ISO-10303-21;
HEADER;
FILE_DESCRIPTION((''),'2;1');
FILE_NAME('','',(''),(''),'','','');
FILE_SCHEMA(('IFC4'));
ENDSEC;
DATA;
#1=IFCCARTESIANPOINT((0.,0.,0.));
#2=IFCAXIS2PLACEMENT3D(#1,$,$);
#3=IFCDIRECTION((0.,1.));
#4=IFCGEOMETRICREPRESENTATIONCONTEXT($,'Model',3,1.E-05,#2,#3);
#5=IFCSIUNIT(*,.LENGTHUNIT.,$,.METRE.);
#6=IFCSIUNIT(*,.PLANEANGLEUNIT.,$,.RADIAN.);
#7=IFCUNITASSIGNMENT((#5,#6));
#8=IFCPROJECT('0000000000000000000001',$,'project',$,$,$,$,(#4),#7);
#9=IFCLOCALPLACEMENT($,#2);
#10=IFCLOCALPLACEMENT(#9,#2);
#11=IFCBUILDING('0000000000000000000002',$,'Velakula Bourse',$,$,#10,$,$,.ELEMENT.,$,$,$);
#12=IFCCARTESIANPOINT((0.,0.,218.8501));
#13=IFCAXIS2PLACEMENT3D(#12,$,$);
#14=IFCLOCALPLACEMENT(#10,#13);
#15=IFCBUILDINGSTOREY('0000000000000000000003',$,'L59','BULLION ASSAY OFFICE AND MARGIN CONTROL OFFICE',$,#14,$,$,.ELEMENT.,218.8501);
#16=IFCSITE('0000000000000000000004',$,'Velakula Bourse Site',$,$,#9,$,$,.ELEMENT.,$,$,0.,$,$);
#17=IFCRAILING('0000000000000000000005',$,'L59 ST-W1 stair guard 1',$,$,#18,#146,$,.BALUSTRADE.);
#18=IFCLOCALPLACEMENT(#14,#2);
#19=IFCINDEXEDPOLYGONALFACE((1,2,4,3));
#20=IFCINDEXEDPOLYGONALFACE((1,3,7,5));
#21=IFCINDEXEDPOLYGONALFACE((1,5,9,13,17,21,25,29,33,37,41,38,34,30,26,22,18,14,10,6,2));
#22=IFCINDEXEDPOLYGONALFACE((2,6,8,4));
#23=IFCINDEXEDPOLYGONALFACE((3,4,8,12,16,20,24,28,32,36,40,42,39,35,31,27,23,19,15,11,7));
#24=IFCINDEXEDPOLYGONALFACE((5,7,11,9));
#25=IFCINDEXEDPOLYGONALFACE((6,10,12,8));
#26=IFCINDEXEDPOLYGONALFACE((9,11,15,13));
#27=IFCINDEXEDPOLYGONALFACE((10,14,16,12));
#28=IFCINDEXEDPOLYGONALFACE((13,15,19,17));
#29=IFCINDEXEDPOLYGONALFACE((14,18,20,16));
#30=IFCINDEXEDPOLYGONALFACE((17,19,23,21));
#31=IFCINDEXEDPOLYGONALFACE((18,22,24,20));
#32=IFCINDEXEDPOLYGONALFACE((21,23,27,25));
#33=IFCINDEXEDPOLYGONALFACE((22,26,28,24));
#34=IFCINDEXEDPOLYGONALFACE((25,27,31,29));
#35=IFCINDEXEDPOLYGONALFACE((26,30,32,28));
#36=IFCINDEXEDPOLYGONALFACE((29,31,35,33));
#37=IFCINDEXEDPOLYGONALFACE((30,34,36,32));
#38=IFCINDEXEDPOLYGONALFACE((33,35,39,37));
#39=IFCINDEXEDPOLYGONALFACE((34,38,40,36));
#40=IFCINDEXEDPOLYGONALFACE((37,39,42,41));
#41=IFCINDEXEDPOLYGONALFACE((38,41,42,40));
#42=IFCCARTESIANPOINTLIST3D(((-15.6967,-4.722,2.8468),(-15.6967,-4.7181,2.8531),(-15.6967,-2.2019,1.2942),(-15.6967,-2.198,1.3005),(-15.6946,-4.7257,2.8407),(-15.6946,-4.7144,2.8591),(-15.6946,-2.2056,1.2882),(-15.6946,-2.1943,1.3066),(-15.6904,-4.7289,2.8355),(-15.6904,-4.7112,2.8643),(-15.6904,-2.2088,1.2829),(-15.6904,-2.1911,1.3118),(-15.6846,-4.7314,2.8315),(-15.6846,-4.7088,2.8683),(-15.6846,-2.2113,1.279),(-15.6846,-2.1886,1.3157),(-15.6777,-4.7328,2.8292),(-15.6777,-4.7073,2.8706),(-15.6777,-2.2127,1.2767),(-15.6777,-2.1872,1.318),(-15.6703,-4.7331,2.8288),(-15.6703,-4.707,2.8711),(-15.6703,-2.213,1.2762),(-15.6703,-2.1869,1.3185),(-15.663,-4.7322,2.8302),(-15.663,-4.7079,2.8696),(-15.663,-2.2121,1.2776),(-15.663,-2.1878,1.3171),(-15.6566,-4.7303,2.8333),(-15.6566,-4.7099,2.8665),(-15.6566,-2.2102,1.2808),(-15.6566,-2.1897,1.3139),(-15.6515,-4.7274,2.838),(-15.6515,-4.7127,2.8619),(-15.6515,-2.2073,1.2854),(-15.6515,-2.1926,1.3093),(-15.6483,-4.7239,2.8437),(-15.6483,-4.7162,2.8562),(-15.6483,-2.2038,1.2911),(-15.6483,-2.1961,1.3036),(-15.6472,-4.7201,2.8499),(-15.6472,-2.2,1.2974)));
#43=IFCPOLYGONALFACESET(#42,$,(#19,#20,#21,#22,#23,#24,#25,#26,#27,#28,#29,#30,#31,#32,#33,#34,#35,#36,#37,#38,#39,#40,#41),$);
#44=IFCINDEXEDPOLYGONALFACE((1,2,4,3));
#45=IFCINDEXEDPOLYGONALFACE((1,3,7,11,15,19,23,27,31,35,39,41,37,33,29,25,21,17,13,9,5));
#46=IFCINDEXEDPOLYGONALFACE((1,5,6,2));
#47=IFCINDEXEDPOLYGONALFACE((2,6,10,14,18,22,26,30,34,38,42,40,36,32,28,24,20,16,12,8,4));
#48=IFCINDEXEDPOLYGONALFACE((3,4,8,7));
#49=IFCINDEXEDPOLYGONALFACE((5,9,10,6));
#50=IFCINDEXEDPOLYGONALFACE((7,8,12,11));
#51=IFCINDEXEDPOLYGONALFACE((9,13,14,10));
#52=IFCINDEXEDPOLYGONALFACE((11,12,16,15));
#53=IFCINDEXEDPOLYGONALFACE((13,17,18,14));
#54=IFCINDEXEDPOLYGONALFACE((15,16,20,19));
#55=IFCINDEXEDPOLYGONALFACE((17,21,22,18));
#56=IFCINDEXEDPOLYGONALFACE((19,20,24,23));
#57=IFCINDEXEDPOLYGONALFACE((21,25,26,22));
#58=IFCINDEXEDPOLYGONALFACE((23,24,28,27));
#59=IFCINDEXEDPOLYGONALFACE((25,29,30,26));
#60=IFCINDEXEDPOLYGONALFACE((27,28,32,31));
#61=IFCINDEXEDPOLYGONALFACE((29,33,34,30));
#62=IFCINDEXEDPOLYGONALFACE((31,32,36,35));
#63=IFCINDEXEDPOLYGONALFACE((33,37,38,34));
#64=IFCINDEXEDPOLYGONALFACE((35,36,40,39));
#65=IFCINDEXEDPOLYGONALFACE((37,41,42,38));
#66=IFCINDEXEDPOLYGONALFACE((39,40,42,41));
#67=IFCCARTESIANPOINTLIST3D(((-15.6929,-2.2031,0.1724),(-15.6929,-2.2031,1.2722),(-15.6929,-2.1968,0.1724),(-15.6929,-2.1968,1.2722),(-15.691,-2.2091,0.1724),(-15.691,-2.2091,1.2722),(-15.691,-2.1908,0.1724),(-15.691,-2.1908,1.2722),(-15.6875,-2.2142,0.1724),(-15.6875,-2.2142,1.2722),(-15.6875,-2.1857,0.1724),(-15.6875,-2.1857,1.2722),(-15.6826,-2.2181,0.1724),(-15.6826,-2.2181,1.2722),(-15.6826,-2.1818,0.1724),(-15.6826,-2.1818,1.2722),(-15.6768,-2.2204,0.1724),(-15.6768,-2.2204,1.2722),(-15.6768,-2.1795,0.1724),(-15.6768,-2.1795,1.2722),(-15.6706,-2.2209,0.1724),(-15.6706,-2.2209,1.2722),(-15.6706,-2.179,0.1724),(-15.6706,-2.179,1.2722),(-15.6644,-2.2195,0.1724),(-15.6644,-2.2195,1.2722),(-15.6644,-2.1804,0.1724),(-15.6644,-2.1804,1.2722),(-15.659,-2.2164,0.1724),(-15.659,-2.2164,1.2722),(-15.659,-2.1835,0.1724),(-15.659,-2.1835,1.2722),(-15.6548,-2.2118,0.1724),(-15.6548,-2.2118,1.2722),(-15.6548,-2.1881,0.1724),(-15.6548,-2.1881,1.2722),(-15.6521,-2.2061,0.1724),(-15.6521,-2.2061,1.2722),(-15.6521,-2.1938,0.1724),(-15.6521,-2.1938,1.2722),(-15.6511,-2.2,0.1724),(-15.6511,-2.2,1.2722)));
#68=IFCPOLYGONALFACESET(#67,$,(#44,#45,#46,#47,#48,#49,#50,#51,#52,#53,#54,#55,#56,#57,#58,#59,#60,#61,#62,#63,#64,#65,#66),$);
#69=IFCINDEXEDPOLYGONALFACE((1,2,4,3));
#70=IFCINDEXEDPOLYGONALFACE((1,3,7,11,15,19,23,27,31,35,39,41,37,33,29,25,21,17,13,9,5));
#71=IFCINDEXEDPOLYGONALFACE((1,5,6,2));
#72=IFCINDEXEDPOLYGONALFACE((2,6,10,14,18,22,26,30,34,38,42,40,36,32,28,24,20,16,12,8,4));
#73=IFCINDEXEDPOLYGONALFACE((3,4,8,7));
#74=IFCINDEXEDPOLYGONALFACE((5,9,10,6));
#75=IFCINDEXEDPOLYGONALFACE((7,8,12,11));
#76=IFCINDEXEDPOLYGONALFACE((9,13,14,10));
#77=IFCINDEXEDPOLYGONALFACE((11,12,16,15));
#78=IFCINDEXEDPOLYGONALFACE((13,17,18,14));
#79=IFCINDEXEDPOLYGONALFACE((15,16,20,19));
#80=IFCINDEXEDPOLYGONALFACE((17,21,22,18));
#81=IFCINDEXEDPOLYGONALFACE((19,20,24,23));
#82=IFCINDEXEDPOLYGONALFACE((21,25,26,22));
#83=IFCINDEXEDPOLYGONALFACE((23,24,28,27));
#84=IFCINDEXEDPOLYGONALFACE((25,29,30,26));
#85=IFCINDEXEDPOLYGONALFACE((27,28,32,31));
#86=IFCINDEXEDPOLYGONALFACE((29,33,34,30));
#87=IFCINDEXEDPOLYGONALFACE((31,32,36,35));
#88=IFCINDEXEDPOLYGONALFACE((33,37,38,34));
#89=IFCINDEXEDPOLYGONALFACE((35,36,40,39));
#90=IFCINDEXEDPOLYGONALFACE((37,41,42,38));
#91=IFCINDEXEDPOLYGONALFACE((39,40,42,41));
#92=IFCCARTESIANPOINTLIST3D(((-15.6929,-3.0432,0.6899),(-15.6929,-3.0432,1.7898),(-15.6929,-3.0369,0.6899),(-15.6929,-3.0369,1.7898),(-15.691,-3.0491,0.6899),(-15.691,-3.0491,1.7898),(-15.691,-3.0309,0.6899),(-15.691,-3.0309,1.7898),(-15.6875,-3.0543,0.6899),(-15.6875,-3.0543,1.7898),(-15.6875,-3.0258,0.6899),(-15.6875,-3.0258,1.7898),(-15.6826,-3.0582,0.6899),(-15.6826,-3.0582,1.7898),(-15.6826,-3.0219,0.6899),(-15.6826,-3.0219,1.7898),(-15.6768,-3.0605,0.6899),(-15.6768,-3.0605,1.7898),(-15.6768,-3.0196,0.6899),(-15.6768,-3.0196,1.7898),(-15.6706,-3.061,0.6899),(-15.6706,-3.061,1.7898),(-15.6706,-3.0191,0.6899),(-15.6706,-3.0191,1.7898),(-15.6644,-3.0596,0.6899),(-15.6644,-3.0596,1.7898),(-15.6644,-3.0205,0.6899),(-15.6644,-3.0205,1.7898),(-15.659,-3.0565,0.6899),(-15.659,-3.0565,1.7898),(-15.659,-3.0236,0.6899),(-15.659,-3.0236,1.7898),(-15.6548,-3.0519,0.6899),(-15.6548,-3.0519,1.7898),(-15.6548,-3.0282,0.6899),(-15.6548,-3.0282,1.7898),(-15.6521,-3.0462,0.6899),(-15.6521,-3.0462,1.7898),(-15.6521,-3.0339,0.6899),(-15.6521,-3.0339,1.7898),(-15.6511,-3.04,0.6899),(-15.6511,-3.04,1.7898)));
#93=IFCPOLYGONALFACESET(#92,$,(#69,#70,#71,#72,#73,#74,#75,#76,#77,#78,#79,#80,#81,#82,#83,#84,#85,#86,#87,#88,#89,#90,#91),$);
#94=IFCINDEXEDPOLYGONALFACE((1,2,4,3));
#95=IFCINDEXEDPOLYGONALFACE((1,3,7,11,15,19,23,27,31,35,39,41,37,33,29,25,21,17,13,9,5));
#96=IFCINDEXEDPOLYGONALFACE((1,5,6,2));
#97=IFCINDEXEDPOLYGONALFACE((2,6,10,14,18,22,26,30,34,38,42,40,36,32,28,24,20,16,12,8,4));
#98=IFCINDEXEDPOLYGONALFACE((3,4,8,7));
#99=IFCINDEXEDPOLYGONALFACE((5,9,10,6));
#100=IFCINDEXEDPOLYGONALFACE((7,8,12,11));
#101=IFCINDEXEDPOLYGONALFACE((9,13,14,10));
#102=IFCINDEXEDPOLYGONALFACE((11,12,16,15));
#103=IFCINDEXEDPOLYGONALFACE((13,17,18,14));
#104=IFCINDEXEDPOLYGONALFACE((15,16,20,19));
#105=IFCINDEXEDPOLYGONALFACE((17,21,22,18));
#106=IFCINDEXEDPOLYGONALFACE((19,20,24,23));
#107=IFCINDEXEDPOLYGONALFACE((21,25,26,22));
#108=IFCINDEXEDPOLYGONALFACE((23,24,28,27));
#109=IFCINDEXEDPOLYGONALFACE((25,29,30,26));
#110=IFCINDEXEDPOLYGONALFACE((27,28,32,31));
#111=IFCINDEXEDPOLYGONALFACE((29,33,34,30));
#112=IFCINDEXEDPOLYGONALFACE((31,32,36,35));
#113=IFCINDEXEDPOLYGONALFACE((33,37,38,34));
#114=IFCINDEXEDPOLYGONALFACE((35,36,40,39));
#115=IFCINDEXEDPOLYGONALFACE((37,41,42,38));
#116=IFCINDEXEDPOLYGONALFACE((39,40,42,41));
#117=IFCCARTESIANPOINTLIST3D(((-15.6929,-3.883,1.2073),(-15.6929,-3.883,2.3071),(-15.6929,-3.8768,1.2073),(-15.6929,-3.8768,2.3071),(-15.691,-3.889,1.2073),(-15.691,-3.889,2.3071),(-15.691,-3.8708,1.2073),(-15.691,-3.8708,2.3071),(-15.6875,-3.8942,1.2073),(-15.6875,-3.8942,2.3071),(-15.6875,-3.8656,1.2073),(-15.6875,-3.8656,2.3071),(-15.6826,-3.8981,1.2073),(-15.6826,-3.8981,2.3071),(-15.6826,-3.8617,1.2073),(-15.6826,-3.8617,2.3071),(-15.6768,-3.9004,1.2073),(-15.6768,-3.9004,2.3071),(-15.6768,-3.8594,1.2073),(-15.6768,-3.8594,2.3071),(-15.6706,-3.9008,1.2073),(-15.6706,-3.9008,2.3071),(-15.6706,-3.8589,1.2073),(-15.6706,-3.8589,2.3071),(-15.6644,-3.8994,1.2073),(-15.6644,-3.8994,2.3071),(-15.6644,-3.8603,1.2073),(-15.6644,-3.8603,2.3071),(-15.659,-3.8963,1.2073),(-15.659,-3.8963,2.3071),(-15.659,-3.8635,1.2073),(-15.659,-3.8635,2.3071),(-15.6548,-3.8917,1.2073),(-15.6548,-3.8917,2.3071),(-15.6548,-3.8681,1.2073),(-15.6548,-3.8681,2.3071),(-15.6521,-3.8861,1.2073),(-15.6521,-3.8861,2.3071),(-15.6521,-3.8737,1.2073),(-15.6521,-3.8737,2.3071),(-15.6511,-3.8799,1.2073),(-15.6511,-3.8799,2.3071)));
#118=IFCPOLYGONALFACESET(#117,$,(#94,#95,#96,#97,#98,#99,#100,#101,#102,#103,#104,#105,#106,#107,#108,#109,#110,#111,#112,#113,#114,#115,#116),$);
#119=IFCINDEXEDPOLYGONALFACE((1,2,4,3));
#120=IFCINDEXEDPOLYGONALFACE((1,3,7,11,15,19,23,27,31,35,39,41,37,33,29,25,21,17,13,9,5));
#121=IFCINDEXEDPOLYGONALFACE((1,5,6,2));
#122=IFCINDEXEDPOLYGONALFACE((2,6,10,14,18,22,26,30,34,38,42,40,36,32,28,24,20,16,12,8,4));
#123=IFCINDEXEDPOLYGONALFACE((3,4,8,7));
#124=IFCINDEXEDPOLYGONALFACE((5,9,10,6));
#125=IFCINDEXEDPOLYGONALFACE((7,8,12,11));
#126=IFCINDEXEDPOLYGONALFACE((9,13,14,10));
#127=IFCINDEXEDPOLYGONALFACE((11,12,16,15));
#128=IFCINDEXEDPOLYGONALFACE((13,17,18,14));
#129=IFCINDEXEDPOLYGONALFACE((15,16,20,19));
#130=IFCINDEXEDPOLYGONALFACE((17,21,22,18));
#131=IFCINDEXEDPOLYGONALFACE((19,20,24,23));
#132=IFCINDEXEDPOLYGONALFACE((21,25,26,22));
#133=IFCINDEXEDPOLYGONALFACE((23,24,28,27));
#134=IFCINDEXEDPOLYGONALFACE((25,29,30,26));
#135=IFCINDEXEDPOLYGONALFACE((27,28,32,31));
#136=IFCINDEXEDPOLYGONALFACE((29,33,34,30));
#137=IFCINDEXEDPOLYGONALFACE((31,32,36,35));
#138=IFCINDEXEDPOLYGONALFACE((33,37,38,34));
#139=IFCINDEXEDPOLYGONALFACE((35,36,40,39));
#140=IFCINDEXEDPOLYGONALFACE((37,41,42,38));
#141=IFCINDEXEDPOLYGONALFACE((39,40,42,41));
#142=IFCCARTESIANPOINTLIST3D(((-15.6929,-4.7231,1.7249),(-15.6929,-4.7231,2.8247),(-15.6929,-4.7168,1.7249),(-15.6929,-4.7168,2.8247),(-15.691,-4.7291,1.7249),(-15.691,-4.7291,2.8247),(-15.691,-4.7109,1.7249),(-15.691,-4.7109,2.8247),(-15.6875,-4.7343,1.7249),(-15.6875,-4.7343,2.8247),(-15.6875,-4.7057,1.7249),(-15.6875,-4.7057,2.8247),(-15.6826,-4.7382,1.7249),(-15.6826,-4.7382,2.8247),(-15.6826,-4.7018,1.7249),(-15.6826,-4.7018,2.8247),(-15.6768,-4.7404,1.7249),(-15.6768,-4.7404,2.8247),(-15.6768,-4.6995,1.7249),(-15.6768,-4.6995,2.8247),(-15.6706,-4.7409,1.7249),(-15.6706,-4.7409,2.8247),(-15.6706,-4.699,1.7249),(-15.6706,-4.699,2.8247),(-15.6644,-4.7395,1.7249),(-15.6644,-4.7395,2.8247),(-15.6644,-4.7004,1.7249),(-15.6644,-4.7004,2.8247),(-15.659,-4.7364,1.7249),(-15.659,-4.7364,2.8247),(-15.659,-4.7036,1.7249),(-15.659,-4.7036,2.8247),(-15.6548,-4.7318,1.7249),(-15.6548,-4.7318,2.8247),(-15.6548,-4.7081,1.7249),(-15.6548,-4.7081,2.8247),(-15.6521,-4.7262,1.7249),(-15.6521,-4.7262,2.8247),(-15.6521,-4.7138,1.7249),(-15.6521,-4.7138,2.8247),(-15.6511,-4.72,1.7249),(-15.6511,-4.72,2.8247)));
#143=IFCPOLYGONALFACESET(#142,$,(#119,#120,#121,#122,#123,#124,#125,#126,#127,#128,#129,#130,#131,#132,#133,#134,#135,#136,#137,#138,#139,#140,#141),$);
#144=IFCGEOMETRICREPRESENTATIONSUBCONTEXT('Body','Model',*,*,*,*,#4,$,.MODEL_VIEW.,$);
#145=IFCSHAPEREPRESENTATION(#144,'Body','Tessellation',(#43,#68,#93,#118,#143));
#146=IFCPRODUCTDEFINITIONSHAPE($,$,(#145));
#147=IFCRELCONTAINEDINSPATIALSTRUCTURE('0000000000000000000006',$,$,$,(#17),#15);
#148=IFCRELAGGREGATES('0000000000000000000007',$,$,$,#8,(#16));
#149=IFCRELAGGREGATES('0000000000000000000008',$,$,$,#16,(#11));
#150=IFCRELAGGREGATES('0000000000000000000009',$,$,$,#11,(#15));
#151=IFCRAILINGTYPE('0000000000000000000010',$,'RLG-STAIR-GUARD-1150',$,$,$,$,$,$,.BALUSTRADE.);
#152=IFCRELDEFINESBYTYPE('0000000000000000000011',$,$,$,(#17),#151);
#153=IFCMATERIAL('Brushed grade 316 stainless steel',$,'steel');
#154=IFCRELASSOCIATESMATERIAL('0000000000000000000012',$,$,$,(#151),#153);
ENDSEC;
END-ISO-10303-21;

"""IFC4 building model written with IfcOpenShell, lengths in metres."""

from ifc_helpers import new_model, si_unit, direction, frame, origin, origin_2d, place, context, subcontext, project, spatial, circle, extrude, material, type_object, element, save


model = new_model("IFC4")

# Units and contexts
model_context = context("Model", 3, precision=1e-05, world=origin(), true_north=direction((0.0, 1.0)))
body_context = subcontext(model_context, "Body", "Model", "MODEL_VIEW")
ifc_project = project(units=[si_unit("LENGTHUNIT", "METRE"), si_unit("PLANEANGLEUNIT", "RADIAN")], contexts=[model_context])

# Site, building, storey
site_placement = place(None, origin())
site = spatial("IfcSite", under=ifc_project, at=site_placement, Name="Velakula Bourse Site", CompositionType="ELEMENT", RefElevation=0.0)
building_placement = place(site_placement, origin())
building = spatial("IfcBuilding", under=site, at=building_placement, Name="Velakula Bourse", CompositionType="ELEMENT")
storey_placement = place(building_placement, frame((0.0, 0.0, 218.8501)))
storey = spatial("IfcBuildingStorey", under=building, at=storey_placement, Name="L59", Description="BULLION ASSAY OFFICE AND MARGIN CONTROL OFFICE", CompositionType="ELEMENT", Elevation=218.8501)

# Shared definitions
ifc_material_1 = material(Name="Brushed grade 316 stainless steel", Category="steel")

# Railing
railing_type_1 = type_object("IfcRailingType", Name="RLG-STAIR-GUARD-1150", PredefinedType="BALUSTRADE", material=ifc_material_1)
railing_1_placement = place(storey_placement, frame((-15.6721, -2.2, 0.1724)))
element("IfcRailing", 1, at=railing_1_placement, inside=storey, type_object=railing_type_1, Name="L59 ST-W1 stair guard 1", PredefinedType="BALUSTRADE", context=body_context, shape_type="SweptSolid", body=[
    extrude(circle(Radius=0.0249, at=origin_2d()), frame((0.0, 0.0, 1.125), z_axis=(0.0, -0.8514, 0.524516), x_axis=(1.0, 0.0, 0.0)), (0.0, 0.0, 1.0), 2.96),
    extrude(circle(Radius=0.021, at=origin_2d()), origin(), (0.0, 0.0, 1.0), 1.0999),
    extrude(circle(Radius=0.021, at=origin_2d()), frame((0.0, -0.8401, 0.5176)), (0.0, 0.0, 1.0), 1.0999),
    extrude(circle(Radius=0.021, at=origin_2d()), frame((0.0, -1.6799, 1.0349)), (0.0, 0.0, 1.0), 1.0999),
    extrude(circle(Radius=0.021, at=origin_2d()), frame((0.0, -2.52, 1.5525)), (0.0, 0.0, 1.0), 1.0999),
])

save(model, "model.ifc")
